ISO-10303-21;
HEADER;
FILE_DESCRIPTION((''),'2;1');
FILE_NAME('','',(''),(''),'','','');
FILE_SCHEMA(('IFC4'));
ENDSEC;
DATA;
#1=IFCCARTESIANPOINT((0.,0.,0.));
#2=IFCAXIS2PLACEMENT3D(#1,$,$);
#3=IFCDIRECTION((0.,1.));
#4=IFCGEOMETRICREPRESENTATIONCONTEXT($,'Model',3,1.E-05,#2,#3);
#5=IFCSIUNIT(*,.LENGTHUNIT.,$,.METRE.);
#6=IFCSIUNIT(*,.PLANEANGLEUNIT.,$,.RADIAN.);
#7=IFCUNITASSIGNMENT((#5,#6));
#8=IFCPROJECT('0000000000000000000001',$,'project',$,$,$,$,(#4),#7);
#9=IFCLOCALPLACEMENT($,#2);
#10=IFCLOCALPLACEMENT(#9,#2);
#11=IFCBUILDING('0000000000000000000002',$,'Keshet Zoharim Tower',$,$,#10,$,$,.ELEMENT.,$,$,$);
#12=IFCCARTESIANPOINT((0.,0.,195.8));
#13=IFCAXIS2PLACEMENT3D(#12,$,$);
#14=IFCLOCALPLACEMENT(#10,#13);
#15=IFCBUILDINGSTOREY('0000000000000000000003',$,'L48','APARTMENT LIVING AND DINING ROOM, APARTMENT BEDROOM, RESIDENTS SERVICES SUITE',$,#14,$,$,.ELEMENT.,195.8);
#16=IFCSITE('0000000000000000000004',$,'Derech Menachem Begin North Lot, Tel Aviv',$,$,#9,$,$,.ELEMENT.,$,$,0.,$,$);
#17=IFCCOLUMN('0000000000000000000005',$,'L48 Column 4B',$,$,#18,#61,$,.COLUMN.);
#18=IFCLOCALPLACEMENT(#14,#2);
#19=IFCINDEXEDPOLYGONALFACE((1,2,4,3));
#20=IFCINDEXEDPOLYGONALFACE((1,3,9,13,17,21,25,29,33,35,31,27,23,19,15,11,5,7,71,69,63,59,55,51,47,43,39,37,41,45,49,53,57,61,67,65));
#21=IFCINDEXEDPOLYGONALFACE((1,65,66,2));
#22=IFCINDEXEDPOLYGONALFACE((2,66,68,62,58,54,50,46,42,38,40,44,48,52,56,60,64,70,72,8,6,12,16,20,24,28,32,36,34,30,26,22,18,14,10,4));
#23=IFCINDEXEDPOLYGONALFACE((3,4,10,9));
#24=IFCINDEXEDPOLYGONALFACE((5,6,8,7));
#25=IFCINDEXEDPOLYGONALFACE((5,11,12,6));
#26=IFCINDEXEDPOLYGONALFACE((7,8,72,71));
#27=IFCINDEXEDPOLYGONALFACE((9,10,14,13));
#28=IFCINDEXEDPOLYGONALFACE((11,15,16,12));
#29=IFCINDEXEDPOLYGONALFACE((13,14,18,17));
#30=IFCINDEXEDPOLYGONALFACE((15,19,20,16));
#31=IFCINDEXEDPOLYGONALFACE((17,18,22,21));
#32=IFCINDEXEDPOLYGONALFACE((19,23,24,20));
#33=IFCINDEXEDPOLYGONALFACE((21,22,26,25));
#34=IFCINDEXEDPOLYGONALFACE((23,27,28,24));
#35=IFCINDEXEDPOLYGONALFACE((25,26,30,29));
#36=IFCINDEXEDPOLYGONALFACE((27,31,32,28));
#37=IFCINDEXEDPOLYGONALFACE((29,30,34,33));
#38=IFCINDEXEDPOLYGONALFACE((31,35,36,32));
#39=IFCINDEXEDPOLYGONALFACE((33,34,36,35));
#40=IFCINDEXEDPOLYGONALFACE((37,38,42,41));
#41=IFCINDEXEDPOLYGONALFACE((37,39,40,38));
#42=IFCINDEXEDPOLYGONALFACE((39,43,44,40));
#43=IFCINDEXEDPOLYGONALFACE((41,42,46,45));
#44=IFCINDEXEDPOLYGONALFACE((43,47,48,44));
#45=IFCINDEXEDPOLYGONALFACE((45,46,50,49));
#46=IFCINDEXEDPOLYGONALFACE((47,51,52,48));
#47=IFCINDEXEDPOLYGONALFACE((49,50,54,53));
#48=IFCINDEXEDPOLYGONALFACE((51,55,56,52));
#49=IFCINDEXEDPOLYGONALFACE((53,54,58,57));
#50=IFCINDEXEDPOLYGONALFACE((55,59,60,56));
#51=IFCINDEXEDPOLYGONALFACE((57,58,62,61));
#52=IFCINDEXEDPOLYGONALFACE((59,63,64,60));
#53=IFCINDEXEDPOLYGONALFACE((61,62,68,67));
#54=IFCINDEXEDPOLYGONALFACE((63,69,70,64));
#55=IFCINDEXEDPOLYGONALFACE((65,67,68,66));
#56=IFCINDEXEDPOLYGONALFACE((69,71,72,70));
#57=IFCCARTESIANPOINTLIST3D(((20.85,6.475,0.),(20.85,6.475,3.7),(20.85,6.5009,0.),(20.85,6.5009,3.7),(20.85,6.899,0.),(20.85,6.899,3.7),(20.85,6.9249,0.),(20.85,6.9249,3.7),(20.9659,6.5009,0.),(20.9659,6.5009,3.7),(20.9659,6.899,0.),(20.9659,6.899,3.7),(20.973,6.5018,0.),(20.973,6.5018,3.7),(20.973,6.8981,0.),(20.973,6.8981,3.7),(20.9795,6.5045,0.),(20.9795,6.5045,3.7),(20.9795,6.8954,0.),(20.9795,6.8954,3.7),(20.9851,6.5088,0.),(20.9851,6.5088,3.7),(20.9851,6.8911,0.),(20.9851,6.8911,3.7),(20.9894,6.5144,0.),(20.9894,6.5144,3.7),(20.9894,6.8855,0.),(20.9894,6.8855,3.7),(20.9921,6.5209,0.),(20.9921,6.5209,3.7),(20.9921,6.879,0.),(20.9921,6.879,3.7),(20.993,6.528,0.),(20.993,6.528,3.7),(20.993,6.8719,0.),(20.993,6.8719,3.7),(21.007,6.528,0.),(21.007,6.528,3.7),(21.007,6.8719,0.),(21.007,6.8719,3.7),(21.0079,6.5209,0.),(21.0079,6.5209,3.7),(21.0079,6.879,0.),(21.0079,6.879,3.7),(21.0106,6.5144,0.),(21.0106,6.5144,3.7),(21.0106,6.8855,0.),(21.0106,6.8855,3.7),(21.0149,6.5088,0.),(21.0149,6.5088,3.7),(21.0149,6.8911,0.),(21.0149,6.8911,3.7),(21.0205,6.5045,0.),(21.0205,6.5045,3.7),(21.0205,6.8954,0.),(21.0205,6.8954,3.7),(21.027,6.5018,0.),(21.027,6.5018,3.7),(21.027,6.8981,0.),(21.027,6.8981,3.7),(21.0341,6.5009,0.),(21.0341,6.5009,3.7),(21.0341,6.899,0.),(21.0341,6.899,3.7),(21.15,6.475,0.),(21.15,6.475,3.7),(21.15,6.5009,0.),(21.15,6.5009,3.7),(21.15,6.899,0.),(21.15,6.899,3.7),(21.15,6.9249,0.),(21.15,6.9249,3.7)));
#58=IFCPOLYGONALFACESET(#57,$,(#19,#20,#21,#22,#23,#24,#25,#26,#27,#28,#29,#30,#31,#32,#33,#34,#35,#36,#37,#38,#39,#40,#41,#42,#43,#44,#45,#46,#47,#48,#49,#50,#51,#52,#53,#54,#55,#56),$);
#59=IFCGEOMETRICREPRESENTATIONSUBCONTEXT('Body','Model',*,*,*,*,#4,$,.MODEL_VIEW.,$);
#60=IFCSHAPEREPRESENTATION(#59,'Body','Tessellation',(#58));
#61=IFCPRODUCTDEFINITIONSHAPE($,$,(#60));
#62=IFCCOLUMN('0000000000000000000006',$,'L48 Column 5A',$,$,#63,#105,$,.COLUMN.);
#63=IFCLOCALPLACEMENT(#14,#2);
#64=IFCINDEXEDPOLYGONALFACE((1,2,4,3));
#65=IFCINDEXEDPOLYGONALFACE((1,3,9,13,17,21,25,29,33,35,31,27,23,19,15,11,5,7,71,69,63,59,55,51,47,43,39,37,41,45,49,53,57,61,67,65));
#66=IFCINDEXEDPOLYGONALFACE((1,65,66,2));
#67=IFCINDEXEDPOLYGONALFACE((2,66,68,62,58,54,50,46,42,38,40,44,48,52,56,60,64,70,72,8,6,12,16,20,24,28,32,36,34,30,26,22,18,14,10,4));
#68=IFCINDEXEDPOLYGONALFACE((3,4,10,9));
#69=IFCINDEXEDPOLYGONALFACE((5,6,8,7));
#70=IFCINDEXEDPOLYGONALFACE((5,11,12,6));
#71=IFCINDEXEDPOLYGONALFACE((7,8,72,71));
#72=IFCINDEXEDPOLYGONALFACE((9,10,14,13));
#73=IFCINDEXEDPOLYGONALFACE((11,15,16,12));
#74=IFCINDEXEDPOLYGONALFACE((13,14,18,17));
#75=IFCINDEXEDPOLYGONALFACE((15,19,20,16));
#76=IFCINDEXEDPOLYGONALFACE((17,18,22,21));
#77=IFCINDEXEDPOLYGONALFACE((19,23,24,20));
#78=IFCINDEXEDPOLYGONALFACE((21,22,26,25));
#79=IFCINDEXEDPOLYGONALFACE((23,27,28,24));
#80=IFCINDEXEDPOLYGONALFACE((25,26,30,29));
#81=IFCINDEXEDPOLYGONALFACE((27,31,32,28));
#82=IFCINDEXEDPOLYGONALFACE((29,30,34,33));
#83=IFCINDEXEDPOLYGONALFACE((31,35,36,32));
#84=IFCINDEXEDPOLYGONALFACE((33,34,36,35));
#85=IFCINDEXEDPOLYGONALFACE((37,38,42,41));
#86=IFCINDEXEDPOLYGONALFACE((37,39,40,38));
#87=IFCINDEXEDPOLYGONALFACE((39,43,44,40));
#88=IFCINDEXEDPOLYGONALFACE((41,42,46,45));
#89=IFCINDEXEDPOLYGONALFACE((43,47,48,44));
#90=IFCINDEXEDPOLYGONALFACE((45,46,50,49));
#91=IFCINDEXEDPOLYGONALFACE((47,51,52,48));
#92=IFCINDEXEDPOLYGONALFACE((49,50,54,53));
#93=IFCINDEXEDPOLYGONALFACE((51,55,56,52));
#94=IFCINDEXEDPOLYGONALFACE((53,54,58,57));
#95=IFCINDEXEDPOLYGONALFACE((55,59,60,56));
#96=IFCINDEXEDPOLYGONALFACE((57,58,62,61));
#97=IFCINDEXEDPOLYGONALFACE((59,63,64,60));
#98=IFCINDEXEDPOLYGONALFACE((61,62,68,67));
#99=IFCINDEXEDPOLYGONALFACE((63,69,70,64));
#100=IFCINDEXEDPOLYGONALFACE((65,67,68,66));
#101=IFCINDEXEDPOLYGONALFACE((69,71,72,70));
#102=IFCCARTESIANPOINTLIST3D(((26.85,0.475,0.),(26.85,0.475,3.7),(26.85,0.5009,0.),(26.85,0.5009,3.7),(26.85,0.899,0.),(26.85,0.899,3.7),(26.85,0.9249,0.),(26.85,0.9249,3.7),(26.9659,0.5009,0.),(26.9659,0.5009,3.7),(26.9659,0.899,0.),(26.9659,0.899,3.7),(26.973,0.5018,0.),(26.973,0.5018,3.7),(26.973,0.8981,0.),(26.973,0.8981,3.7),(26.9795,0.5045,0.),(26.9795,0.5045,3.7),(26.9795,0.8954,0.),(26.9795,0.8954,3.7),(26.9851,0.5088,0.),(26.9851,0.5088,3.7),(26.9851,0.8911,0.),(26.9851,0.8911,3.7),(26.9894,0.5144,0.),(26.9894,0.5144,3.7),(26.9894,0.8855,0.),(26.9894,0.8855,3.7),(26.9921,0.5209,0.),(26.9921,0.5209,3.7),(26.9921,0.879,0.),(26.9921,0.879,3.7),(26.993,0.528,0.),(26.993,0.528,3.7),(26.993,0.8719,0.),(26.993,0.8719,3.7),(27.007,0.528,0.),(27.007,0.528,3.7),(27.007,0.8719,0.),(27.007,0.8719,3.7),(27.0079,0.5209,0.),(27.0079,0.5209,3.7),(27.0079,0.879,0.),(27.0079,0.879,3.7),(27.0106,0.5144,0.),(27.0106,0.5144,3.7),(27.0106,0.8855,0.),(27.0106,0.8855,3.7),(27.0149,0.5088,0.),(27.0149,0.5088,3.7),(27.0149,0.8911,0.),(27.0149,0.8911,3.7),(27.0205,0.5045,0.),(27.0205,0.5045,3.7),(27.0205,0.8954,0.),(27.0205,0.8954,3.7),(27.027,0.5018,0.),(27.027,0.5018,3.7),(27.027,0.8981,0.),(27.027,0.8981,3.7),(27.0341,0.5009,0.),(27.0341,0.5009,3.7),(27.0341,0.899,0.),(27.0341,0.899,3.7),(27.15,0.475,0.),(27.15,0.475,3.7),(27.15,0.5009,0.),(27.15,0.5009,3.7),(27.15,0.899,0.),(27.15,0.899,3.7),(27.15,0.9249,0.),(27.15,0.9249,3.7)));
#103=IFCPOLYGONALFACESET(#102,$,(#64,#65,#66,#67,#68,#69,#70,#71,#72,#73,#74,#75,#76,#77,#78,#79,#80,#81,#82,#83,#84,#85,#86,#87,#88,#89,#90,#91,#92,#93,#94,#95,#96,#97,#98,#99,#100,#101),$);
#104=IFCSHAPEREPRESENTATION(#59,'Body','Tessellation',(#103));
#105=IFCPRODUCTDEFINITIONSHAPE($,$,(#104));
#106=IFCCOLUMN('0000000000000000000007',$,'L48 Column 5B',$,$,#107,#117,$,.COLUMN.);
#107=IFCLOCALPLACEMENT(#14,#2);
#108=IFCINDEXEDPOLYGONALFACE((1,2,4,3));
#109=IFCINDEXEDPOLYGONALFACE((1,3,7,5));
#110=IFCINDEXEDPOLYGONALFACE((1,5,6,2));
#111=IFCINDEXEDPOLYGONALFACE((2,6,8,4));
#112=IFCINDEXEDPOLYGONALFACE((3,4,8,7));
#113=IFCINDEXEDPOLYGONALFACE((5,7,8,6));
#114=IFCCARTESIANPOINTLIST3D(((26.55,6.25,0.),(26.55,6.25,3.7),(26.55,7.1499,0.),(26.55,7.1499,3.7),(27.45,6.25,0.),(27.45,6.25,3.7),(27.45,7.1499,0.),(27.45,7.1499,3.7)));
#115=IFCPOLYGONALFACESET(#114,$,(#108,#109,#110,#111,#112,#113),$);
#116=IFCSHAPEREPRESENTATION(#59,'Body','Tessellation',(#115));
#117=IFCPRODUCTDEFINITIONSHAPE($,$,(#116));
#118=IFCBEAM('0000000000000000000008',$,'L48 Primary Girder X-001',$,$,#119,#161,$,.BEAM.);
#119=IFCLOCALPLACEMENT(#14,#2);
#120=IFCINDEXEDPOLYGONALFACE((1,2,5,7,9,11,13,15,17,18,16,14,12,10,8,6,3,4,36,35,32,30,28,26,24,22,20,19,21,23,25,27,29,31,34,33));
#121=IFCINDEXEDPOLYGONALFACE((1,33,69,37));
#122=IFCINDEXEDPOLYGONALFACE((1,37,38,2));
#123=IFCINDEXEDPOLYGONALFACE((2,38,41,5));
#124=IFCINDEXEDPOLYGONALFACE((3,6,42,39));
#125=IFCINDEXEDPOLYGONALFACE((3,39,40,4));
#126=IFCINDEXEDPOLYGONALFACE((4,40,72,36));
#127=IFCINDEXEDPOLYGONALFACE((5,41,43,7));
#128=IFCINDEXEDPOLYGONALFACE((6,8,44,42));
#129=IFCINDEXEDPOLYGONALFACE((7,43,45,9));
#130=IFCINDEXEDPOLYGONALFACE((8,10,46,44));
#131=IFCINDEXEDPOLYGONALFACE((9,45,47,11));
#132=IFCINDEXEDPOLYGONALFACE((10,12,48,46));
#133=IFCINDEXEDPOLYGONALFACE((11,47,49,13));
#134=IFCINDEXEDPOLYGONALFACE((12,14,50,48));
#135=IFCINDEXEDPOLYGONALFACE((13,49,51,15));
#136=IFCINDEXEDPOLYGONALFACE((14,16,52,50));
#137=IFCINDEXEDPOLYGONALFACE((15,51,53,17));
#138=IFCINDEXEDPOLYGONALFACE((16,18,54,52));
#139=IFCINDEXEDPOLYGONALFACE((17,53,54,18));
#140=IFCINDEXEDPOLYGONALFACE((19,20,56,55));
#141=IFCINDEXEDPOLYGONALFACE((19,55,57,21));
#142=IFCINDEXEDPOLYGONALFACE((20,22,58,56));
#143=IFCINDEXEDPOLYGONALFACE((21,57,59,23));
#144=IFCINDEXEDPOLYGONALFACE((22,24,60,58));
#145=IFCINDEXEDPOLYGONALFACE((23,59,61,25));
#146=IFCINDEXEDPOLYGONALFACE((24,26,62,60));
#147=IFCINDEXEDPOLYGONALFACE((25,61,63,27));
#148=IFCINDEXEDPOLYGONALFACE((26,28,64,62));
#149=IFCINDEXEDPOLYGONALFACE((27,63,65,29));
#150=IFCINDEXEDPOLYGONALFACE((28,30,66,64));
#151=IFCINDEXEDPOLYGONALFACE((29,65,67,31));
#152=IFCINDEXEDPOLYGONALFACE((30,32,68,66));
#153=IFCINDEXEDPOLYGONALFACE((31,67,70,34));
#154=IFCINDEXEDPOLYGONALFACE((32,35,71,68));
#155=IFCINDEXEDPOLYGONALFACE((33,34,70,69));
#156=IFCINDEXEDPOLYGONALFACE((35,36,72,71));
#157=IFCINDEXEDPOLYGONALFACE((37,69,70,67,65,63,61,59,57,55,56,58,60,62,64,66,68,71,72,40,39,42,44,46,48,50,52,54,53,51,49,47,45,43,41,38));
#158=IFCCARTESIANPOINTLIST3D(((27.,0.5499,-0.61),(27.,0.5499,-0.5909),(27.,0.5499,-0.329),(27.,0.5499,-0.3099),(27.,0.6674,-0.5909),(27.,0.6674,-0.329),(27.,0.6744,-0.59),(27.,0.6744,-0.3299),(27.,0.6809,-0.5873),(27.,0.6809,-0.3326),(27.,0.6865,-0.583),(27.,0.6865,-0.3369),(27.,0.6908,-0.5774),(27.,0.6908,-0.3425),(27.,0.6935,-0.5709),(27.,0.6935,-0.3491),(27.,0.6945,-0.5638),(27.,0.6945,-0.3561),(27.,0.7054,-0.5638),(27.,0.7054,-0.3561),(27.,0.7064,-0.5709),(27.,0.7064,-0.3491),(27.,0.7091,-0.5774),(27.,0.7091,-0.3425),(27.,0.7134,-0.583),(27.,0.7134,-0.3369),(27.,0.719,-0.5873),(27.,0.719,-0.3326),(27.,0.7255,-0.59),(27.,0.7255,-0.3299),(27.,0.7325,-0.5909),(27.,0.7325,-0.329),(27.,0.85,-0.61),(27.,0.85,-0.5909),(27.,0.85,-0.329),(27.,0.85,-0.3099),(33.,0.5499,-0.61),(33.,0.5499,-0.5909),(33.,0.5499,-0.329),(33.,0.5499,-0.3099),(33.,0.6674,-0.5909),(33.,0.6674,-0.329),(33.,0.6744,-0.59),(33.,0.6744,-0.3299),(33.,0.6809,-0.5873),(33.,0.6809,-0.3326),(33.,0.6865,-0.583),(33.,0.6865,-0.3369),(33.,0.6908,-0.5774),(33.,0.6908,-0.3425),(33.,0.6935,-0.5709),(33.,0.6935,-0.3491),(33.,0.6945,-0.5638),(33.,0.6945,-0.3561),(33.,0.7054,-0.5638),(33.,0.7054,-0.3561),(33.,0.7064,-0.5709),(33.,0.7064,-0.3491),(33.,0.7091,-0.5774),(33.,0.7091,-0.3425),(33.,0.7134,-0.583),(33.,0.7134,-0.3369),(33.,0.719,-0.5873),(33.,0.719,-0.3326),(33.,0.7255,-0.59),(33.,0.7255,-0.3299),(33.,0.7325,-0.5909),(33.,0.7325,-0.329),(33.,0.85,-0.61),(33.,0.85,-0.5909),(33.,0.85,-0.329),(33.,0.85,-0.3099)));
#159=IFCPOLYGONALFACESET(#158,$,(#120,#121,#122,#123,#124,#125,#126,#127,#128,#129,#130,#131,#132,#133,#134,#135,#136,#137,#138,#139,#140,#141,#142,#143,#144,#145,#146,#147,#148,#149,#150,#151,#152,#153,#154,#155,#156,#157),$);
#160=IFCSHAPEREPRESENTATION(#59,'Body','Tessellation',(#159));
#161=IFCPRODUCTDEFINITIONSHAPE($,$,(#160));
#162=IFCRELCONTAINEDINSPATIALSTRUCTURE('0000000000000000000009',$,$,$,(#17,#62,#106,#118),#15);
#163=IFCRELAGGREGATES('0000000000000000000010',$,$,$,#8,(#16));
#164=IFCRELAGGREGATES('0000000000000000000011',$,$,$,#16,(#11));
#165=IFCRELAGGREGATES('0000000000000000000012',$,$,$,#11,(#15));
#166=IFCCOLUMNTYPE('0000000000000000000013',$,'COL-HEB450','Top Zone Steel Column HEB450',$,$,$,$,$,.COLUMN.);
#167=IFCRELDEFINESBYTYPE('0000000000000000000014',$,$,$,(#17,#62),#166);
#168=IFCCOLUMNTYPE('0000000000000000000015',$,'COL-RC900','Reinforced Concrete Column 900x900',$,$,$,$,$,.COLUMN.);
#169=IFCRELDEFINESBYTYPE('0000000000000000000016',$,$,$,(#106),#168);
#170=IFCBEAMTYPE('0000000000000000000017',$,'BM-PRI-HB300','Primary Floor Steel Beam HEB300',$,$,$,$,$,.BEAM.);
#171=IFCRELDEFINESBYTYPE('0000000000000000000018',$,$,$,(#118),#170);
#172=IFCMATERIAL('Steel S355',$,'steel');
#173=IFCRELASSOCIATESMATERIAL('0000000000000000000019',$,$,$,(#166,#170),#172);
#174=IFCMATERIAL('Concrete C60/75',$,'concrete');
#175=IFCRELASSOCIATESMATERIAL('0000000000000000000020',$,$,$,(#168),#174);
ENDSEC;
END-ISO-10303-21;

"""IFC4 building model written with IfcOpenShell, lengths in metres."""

from ifc_helpers import new_model, si_unit, direction, frame, origin, origin_2d, place, context, subcontext, project, spatial, rectangle, i_section, extrude, material, material_profile, profile_set, type_object, element, save


model = new_model("IFC4")

# Units and contexts
model_context = context("Model", 3, precision=1e-05, world=origin(), true_north=direction((0.0, 1.0)))
body_context = subcontext(model_context, "Body", "Model", "MODEL_VIEW")
ifc_project = project(units=[si_unit("LENGTHUNIT", "METRE"), si_unit("PLANEANGLEUNIT", "RADIAN")], contexts=[model_context])

# Site, building, storey
site_placement = place(None, origin())
site = spatial("IfcSite", under=ifc_project, at=site_placement, Name="Derech Menachem Begin North Lot, Tel Aviv", CompositionType="ELEMENT", RefElevation=0.0)
building_placement = place(site_placement, origin())
building = spatial("IfcBuilding", under=site, at=building_placement, Name="Keshet Zoharim Tower", CompositionType="ELEMENT")
storey_placement = place(building_placement, frame((0.0, 0.0, 195.8)))
storey = spatial("IfcBuildingStorey", under=building, at=storey_placement, Name="L48", Description="APARTMENT LIVING AND DINING ROOM, APARTMENT BEDROOM, RESIDENTS SERVICES SUITE", CompositionType="ELEMENT", Elevation=195.8)

# Columns
ifc_material_1 = material(Name="Steel S355", Category="steel")
ifc_material_profile_1 = material_profile(ifc_material_1, i_section(OverallWidth=0.3, OverallDepth=0.45, WebThickness=0.0139, FlangeThickness=0.0259, FilletRadius=0.0271, at=origin_2d()), Name="HEB450")
ifc_profile_set_1 = profile_set([ifc_material_profile_1], Name="Steel S355")
column_type_1 = type_object("IfcColumnType", Name="COL-HEB450", Description="Top Zone Steel Column HEB450", PredefinedType="COLUMN", material=ifc_profile_set_1)
for number, where, z_axis, x_axis, name in (
    (1, (21.0, 6.7, 0.0), (0.0, 0.0, 1.0), (1.0, 0.0, 0.0), "L48 Column 4B"),
    (2, (27.0, 0.7, 0.0), (0.0, 0.0, 1.0), (1.0, 0.0, 0.0), "L48 Column 5A"),
):
    element("IfcColumn", number, at=place(storey_placement, frame(where, z_axis=z_axis, x_axis=x_axis)), inside=storey, type_object=column_type_1, Name=name, PredefinedType="COLUMN", context=body_context, shape_type="SweptSolid", body=[
        extrude(i_section(OverallWidth=0.3, OverallDepth=0.45, WebThickness=0.0139, FlangeThickness=0.0259, FilletRadius=0.0271, at=origin_2d()), origin(), (0.0, 0.0, 1.0), 3.7),
    ])
ifc_material_2 = material(Name="Concrete C60/75", Category="concrete")
ifc_material_profile_2 = material_profile(ifc_material_2, rectangle(XDim=0.8999, YDim=0.8999, at=origin_2d()), Name="RC900x900")
ifc_profile_set_2 = profile_set([ifc_material_profile_2], Name="Concrete C60/75")
column_type_2 = type_object("IfcColumnType", Name="COL-RC900", Description="Reinforced Concrete Column 900x900", PredefinedType="COLUMN", material=ifc_profile_set_2)
column_placement = place(storey_placement, frame((27.0, 6.7, 0.0), z_axis=(0.0, 0.0, 1.0), x_axis=(1.0, 0.0, 0.0)))
element("IfcColumn", 3, at=column_placement, inside=storey, type_object=column_type_2, Name="L48 Column 5B", PredefinedType="COLUMN", context=body_context, shape_type="SweptSolid", body=[
    extrude(rectangle(XDim=0.8999, YDim=0.8999, at=origin_2d()), origin(), (0.0, 0.0, 1.0), 3.7),
])

# Beam
ifc_material_profile_3 = material_profile(ifc_material_1, i_section(OverallWidth=0.3, OverallDepth=0.3, WebThickness=0.011, FlangeThickness=0.019, FilletRadius=0.0271, at=origin_2d()), Name="HEB300")
ifc_profile_set_3 = profile_set([ifc_material_profile_3], Name="Steel S355")
beam_type_1 = type_object("IfcBeamType", Name="BM-PRI-HB300", Description="Primary Floor Steel Beam HEB300", PredefinedType="BEAM", material=ifc_profile_set_3)
for number, where, z_axis, x_axis, name in (
    (4, (27.0, 0.7, -0.46), (1.0, 0.0, 0.0), (0.0, 1.0, 0.0), "L48 Primary Girder X-001"),
):
    element("IfcBeam", number, at=place(storey_placement, frame(where, z_axis=z_axis, x_axis=x_axis)), inside=storey, type_object=beam_type_1, Name=name, PredefinedType="BEAM", context=body_context, shape_type="SweptSolid", body=[
        extrude(i_section(OverallWidth=0.3, OverallDepth=0.3, WebThickness=0.011, FlangeThickness=0.019, FilletRadius=0.0271, at=origin_2d()), origin(), (0.0, 0.0, 1.0), 6.0),
    ])

save(model, "model.ifc")
